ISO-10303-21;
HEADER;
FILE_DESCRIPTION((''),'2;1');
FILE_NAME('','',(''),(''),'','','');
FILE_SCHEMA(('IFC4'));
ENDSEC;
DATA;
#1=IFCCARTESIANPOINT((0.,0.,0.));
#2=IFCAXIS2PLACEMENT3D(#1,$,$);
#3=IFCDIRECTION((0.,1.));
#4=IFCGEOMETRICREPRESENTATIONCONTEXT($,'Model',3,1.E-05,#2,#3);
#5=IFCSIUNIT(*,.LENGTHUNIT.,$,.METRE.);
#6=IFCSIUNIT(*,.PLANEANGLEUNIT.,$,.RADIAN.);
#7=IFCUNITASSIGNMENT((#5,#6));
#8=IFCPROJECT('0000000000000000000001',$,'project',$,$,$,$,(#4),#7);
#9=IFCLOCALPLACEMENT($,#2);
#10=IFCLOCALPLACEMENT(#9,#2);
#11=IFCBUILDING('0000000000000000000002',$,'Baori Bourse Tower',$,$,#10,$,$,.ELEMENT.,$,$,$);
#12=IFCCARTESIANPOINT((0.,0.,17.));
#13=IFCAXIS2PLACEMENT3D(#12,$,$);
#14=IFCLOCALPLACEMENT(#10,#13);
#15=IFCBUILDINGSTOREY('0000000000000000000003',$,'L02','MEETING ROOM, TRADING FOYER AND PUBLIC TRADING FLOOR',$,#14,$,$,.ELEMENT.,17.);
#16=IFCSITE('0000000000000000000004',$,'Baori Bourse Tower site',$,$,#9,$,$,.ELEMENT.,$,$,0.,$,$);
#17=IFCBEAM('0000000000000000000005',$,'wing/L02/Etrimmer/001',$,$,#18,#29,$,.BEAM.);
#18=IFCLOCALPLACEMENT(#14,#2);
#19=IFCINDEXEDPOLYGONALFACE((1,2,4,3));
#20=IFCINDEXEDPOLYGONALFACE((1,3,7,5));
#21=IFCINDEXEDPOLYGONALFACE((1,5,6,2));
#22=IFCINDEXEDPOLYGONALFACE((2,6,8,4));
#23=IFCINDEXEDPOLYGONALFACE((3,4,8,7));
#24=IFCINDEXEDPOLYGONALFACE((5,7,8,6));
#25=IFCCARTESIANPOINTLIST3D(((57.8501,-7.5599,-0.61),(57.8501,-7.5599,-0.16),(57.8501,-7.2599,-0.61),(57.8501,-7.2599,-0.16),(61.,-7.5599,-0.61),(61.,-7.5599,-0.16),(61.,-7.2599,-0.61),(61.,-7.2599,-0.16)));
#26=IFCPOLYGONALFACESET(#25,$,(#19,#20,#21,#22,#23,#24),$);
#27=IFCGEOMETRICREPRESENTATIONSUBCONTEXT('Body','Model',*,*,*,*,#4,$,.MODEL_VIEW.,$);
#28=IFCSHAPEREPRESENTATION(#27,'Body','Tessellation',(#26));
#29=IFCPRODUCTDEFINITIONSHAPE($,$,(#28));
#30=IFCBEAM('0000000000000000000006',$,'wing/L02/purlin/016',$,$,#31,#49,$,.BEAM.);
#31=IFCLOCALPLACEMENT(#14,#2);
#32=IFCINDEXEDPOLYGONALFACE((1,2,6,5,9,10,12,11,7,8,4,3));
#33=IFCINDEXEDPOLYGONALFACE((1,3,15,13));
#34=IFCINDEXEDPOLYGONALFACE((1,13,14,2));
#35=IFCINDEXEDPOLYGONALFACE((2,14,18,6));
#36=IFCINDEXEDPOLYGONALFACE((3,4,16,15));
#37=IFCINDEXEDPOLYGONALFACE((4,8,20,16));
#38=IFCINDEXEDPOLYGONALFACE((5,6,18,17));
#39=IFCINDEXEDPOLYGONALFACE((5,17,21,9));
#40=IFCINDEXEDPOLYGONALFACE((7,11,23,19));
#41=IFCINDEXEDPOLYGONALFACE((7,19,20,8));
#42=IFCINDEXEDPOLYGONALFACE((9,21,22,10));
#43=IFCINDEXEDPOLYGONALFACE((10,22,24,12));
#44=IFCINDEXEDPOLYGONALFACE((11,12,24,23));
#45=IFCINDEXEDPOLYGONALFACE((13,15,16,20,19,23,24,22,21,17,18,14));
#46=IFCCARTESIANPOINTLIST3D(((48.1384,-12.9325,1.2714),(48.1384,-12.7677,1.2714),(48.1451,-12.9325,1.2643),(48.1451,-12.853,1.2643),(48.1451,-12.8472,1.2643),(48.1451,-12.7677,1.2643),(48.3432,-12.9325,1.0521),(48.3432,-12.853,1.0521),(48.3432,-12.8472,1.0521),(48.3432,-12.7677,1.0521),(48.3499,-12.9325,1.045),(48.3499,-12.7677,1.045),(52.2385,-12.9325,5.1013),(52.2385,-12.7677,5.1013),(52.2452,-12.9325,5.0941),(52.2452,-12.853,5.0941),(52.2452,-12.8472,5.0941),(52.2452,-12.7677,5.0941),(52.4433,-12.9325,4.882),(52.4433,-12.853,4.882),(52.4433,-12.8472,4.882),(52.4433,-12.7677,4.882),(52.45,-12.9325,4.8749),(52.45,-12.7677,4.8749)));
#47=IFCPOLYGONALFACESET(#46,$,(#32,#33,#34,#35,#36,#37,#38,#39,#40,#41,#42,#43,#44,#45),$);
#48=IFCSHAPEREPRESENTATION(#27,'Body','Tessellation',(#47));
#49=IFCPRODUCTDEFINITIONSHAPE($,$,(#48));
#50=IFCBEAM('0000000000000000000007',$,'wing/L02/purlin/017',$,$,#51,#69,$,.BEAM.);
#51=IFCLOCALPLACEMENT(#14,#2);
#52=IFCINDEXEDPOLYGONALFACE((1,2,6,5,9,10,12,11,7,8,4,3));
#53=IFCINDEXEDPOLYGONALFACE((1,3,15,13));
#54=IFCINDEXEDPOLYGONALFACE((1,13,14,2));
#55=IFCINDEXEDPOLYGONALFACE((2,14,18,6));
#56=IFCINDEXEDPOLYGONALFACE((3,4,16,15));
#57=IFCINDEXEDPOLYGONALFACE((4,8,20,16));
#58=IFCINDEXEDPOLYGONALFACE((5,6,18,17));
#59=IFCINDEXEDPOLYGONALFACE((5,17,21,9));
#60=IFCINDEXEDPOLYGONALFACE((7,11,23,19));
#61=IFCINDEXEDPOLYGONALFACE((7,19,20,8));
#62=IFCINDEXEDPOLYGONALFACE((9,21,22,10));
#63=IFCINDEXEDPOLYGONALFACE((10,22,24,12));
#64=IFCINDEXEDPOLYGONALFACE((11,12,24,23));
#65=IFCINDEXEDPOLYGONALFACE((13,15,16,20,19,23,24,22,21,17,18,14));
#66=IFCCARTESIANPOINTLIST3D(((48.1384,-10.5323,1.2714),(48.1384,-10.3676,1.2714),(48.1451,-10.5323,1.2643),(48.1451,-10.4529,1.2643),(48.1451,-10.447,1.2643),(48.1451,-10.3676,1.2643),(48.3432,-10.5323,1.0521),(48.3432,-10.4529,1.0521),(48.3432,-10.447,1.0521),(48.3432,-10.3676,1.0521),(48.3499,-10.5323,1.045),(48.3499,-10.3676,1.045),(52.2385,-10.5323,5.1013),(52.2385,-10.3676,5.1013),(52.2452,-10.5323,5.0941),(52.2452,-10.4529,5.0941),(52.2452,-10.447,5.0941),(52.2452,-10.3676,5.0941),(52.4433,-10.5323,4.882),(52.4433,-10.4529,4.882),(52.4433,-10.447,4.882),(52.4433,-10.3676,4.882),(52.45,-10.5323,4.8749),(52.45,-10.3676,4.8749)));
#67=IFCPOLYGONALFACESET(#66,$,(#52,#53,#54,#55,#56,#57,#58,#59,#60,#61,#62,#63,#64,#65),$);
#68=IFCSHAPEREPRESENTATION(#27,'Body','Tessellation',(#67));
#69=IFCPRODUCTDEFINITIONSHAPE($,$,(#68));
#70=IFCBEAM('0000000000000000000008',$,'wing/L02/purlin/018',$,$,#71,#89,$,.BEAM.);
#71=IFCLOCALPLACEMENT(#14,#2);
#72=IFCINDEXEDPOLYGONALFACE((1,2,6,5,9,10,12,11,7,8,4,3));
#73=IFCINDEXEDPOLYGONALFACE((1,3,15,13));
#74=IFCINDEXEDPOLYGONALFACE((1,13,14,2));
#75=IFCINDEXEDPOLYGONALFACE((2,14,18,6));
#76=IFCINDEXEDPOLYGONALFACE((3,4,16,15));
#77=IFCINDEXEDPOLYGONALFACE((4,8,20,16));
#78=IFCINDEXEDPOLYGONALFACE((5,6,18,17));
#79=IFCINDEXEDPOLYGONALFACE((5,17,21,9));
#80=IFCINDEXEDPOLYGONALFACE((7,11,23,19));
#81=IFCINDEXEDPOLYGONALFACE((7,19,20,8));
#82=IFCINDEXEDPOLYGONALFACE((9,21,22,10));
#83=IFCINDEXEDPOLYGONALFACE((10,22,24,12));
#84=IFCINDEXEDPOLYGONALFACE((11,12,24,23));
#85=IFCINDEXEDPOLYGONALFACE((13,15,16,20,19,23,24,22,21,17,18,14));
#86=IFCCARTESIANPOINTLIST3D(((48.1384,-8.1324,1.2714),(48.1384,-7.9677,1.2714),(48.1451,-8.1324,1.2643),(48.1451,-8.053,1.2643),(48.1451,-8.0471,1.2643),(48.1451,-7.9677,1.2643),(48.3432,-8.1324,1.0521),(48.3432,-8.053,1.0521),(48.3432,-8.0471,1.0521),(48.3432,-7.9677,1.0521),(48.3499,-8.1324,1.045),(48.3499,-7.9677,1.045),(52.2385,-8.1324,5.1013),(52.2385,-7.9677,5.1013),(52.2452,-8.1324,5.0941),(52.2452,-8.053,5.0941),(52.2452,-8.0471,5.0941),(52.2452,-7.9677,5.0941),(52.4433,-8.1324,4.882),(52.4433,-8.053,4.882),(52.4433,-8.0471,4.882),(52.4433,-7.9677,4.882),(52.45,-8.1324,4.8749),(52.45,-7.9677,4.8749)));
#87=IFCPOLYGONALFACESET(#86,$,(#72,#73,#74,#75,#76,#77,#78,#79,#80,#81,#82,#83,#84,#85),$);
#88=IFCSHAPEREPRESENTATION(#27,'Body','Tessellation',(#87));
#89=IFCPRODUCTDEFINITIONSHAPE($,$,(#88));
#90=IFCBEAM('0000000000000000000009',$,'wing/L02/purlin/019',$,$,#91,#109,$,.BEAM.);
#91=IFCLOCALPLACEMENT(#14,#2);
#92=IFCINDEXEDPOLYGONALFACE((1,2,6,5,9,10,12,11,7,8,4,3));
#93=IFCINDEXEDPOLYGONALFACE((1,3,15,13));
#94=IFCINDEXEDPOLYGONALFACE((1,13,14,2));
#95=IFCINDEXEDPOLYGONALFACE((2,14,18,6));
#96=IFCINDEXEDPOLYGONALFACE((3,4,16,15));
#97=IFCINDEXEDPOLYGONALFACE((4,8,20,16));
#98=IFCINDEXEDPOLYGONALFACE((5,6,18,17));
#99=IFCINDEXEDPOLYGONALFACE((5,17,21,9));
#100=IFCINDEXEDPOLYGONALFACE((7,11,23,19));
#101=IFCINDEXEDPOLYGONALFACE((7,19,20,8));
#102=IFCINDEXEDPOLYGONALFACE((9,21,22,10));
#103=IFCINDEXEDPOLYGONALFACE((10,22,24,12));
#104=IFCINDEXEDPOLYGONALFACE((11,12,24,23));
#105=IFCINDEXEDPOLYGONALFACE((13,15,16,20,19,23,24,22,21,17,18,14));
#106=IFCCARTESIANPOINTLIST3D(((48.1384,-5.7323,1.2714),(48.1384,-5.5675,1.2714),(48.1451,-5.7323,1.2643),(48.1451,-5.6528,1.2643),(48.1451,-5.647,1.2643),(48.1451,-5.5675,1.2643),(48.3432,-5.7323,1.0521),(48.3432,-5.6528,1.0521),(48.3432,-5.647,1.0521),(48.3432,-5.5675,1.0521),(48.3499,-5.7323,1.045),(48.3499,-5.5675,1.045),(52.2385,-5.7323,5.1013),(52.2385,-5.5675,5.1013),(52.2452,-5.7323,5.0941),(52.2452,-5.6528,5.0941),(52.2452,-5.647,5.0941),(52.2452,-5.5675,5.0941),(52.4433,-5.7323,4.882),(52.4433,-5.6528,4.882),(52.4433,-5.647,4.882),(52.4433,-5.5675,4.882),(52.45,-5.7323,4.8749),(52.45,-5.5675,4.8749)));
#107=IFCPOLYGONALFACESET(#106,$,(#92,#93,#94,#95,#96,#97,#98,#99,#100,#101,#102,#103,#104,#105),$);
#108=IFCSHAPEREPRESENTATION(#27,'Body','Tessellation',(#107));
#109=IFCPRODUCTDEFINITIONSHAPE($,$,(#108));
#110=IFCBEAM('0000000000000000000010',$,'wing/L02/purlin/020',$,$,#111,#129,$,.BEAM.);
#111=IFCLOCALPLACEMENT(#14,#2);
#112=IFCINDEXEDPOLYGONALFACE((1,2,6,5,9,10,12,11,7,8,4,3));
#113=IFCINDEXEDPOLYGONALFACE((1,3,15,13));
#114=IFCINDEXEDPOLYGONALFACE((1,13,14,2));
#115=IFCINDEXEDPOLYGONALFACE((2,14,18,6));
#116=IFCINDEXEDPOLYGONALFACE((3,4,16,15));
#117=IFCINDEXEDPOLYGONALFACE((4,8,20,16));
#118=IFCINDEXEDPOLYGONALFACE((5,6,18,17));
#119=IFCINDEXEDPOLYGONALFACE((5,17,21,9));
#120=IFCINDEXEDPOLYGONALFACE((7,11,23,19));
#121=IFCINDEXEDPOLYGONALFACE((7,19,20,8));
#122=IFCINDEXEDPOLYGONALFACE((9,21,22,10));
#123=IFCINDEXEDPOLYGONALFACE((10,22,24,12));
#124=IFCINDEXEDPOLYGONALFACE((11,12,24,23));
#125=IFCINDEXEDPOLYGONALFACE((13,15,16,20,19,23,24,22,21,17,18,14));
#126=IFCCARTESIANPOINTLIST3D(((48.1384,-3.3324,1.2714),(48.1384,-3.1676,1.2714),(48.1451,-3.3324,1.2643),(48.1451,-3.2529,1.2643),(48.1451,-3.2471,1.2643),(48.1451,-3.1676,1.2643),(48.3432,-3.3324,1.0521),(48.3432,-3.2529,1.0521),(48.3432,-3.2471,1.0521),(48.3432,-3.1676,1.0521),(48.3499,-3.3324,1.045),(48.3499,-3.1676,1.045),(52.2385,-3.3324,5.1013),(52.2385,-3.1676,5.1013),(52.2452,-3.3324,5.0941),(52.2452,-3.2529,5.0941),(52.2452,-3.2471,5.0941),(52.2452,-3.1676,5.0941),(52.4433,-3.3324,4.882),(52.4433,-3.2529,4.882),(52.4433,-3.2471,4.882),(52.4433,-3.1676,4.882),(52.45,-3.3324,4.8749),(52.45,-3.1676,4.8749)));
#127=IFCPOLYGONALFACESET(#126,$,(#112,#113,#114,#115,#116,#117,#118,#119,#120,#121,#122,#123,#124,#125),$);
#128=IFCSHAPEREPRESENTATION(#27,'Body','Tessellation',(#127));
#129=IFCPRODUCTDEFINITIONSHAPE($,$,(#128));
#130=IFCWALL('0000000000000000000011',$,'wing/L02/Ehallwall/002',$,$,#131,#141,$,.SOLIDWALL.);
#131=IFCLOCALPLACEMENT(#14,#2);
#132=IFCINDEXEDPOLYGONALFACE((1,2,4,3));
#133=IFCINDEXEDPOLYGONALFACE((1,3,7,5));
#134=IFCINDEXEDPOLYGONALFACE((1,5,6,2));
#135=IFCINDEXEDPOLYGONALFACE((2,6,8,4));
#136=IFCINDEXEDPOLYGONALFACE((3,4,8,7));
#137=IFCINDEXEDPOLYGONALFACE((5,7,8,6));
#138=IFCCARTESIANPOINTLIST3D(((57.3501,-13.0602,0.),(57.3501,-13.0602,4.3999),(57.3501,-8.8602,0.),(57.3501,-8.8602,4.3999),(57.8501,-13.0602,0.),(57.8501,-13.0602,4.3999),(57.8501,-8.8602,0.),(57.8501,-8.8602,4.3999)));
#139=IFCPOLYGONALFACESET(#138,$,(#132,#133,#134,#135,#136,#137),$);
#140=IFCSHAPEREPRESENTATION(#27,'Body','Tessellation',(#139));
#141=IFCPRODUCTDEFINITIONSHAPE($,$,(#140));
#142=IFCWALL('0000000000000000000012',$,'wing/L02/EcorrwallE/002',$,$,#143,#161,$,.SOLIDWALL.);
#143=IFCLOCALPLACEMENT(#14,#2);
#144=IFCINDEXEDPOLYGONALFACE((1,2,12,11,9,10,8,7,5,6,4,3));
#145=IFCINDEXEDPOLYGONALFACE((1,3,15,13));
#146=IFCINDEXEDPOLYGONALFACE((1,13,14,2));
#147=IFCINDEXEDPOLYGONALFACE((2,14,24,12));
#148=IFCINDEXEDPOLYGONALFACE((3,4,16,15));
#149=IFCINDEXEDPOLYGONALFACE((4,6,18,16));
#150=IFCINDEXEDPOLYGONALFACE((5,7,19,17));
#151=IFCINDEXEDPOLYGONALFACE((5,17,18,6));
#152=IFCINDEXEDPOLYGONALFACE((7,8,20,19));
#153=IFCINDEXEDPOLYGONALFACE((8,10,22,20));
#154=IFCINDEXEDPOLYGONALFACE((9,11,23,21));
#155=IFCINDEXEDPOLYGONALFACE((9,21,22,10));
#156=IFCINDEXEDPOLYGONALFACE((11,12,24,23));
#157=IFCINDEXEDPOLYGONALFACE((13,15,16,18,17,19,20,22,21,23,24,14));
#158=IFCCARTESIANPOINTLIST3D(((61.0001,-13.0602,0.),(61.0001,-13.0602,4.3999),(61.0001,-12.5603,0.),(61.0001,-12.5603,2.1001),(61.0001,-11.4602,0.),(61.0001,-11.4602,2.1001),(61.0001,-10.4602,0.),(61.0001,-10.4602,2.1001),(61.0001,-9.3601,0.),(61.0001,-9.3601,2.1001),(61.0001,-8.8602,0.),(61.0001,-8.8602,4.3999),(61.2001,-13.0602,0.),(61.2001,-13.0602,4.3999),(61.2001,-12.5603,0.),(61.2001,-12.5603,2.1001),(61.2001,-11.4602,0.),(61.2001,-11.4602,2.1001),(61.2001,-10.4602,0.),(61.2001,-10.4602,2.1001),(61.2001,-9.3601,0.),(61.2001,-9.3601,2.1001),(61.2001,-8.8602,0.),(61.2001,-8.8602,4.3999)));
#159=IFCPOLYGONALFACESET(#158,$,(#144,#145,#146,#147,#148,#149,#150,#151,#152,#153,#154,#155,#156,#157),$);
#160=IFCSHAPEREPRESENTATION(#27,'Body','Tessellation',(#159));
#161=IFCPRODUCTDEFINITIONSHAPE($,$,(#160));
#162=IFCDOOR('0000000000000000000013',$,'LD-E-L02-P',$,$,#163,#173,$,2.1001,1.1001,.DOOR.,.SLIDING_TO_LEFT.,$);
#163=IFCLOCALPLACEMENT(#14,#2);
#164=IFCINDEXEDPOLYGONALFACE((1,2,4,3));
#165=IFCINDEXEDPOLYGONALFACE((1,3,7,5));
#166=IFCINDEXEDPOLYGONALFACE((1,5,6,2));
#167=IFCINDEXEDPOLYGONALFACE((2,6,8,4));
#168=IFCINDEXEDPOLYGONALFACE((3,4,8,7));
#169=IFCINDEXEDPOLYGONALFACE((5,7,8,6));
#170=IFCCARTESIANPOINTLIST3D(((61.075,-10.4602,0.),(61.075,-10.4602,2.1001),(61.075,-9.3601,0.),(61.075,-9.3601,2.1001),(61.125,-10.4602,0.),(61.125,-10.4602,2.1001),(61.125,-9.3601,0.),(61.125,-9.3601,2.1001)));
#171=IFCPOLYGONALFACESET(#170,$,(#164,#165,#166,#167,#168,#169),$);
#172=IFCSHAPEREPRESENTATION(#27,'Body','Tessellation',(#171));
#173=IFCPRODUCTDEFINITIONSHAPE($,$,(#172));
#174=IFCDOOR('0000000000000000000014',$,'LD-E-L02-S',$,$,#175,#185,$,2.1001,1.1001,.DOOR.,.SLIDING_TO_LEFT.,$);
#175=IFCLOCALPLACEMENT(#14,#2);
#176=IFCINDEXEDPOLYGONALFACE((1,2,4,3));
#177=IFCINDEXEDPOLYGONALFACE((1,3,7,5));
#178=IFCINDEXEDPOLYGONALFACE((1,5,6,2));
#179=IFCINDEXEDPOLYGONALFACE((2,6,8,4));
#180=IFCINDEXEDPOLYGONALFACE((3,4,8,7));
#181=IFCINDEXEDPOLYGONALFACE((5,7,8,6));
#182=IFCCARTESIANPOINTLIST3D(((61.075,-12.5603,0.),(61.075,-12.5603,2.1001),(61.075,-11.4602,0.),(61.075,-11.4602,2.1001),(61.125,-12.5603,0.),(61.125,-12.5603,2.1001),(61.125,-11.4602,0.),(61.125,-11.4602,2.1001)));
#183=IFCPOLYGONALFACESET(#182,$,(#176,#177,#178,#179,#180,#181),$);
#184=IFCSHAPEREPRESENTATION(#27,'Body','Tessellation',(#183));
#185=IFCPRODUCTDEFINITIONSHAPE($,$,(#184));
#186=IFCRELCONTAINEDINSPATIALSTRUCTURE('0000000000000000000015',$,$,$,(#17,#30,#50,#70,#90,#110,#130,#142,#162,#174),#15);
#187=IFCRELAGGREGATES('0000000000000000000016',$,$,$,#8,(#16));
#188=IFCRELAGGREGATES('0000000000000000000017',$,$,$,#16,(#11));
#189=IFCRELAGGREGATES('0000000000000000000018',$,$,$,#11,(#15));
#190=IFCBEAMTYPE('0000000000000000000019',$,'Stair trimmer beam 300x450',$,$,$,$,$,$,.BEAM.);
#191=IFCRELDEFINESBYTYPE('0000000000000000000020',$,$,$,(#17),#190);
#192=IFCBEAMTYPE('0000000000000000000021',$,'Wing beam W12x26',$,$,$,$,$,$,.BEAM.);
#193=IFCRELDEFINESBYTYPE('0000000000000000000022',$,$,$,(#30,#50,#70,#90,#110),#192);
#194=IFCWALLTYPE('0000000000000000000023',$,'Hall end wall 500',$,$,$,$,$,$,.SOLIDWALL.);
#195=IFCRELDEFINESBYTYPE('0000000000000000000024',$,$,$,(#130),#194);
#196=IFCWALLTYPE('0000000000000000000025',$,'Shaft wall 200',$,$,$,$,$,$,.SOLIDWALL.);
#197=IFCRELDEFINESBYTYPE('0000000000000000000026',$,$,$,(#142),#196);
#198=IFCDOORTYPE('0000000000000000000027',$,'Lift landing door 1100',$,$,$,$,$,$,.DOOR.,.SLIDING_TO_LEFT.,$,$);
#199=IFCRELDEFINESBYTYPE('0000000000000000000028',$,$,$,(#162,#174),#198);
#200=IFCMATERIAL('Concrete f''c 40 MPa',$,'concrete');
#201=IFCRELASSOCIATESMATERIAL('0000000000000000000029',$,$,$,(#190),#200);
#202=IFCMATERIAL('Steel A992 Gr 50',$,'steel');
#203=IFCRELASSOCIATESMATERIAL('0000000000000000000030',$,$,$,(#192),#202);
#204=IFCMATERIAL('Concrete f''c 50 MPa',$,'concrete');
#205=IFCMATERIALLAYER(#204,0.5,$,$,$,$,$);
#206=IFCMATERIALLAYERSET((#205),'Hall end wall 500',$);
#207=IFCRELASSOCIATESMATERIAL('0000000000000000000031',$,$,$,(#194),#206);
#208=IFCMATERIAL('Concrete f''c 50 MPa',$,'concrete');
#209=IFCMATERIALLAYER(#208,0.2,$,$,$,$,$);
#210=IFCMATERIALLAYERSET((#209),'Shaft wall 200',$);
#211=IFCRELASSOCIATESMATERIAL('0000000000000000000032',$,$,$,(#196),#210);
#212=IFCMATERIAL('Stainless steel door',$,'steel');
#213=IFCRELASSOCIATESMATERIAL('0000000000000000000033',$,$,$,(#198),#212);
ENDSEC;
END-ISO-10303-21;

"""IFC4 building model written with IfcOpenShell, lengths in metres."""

from ifc_helpers import new_model, si_unit, direction, frame, frame_2d, origin, origin_2d, place, context, subcontext, project, spatial, rectangle, i_section, extrude, material, layer, layer_set, material_profile, profile_set, type_object, element, fill, save


model = new_model("IFC4")

# Units and contexts
model_context = context("Model", 3, precision=1e-05, world=origin(), true_north=direction((0.0, 1.0)))
body_context = subcontext(model_context, "Body", "Model", "MODEL_VIEW")
ifc_project = project(units=[si_unit("LENGTHUNIT", "METRE"), si_unit("PLANEANGLEUNIT", "RADIAN")], contexts=[model_context])

# Site, building, storey
site_placement = place(None, origin())
site = spatial("IfcSite", under=ifc_project, at=site_placement, Name="Baori Bourse Tower site", CompositionType="ELEMENT", RefElevation=0.0)
building_placement = place(site_placement, origin())
building = spatial("IfcBuilding", under=site, at=building_placement, Name="Baori Bourse Tower", CompositionType="ELEMENT")
storey_placement = place(building_placement, frame((0.0, 0.0, 17.0)))
storey = spatial("IfcBuildingStorey", under=building, at=storey_placement, Name="L02", Description="MEETING ROOM, TRADING FOYER AND PUBLIC TRADING FLOOR", CompositionType="ELEMENT", Elevation=17.0)

# Beams
ifc_material_1 = material(Name="Concrete f'c 40 MPa", Category="concrete")
ifc_material_profile_1 = material_profile(ifc_material_1, rectangle(XDim=0.3, YDim=0.45, at=origin_2d()), Name="Stair trimmer beam 300x450")
ifc_profile_set_1 = profile_set([ifc_material_profile_1], Name="Concrete f'c 40 MPa")
beam_type_1 = type_object("IfcBeamType", Name="Stair trimmer beam 300x450", PredefinedType="BEAM", material=ifc_profile_set_1)
beam_placement = place(storey_placement, frame((61.0, -7.4099, -0.385), z_axis=(-1.0, 0.0, 0.0), x_axis=(0.0, -1.0, 0.0)))
element("IfcBeam", 1, at=beam_placement, inside=storey, type_object=beam_type_1, Name="wing/L02/Etrimmer/001", PredefinedType="BEAM", context=body_context, shape_type="SweptSolid", body=[
    extrude(rectangle(XDim=0.3, YDim=0.45, at=origin_2d()), origin(), (0.0, 0.0, 1.0), 3.1499),
])
ifc_material_2 = material(Name="Steel A992 Gr 50", Category="steel")
ifc_material_profile_2 = material_profile(ifc_material_2, i_section(OverallWidth=0.1648, OverallDepth=0.3098, WebThickness=0.0059, FlangeThickness=0.0098, at=origin_2d()), Name="W12x26")
ifc_profile_set_2 = profile_set([ifc_material_profile_2], Name="Steel A992 Gr 50")
beam_type_2 = type_object("IfcBeamType", Name="Wing beam W12x26", PredefinedType="BEAM", material=ifc_profile_set_2)
for number, where, z_axis, x_axis, name in (
    (2, (48.2441, -12.8501, 1.1582), (0.730782, 0.0, 0.682611), (0.0, 1.0, 0.0), "wing/L02/purlin/016"),
    (3, (48.2441, -10.45, 1.1582), (0.730782, 0.0, 0.682611), (0.0, 1.0, 0.0), "wing/L02/purlin/017"),
    (4, (48.2441, -8.05, 1.1582), (0.730782, 0.0, 0.682611), (0.0, 1.0, 0.0), "wing/L02/purlin/018"),
    (5, (48.2441, -5.6499, 1.1582), (0.730782, 0.0, 0.682611), (0.0, 1.0, 0.0), "wing/L02/purlin/019"),
    (6, (48.2441, -3.25, 1.1582), (0.730782, 0.0, 0.682611), (0.0, 1.0, 0.0), "wing/L02/purlin/020"),
):
    element("IfcBeam", number, at=place(storey_placement, frame(where, z_axis=z_axis, x_axis=x_axis)), inside=storey, type_object=beam_type_2, Name=name, PredefinedType="BEAM", context=body_context, shape_type="SweptSolid", body=[
        extrude(i_section(OverallWidth=0.1648, OverallDepth=0.3098, WebThickness=0.0059, FlangeThickness=0.0098, at=origin_2d()), origin(), (0.0, 0.0, 1.0), 5.6106),
    ])

# Wall
ifc_material_3 = material(Name="Concrete f'c 50 MPa", Category="concrete")
ifc_layer_1 = layer(ifc_material_3, 0.5)
ifc_layer_set_1 = layer_set([ifc_layer_1], Name="Hall end wall 500")
wall_type_1 = type_object("IfcWallType", Name="Hall end wall 500", PredefinedType="SOLIDWALL", material=ifc_layer_set_1)
wall_1_placement = place(storey_placement, frame((57.6001, -8.8601, 0.0), z_axis=(0.0, 0.0, 1.0), x_axis=(0.0, -1.0, 0.0)))
element("IfcWall", 7, at=wall_1_placement, inside=storey, type_object=wall_type_1, Name="wing/L02/Ehallwall/002", PredefinedType="SOLIDWALL", context=body_context, shape_type="SweptSolid", body=[
    extrude(rectangle(XDim=4.2, YDim=0.5, at=frame_2d((2.1001, 0.0))), origin(), (0.0, 0.0, 1.0), 4.3999),
])

# Wall, openings, doors
ifc_material_4 = material(Name="Concrete f'c 50 MPa", Category="concrete")
ifc_layer_2 = layer(ifc_material_4, 0.2)
ifc_layer_set_2 = layer_set([ifc_layer_2], Name="Shaft wall 200")
wall_type_2 = type_object("IfcWallType", Name="Shaft wall 200", PredefinedType="SOLIDWALL", material=ifc_layer_set_2)
wall_2_placement = place(storey_placement, frame((61.1001, -8.8601, 0.0), z_axis=(0.0, 0.0, 1.0), x_axis=(0.0, -1.0, 0.0)))
wall_2 = element("IfcWall", 8, at=wall_2_placement, inside=storey, type_object=wall_type_2, Name="wing/L02/EcorrwallE/002", PredefinedType="SOLIDWALL", context=body_context, shape_type="SweptSolid", body=[
    extrude(rectangle(XDim=4.2, YDim=0.2, at=frame_2d((2.1001, 0.0))), origin(), (0.0, 0.0, 1.0), 4.3999),
])
opening_1_placement = place(wall_2_placement, frame((0.5, 0.0, 0.0)))
opening_1 = element("IfcOpeningElement", 9, at=opening_1_placement, cuts=wall_2, PredefinedType="OPENING", context=body_context, shape_type="SweptSolid", body=[
    extrude(rectangle(XDim=1.1001, YDim=2.1001, at=frame_2d((0.55, 1.05))), frame((0.0, 0.1099, 0.0), z_axis=(0.0, -1.0, 0.0), x_axis=(1.0, 0.0, 0.0)), (0.0, 0.0, 1.0), 0.22),
])
opening_2_placement = place(wall_2_placement, frame((2.6001, 0.0, 0.0)))
opening_2 = element("IfcOpeningElement", 10, at=opening_2_placement, cuts=wall_2, PredefinedType="OPENING", context=body_context, shape_type="SweptSolid", body=[
    extrude(rectangle(XDim=1.1001, YDim=2.1001, at=frame_2d((0.55, 1.05))), frame((0.0, 0.1099, 0.0), z_axis=(0.0, -1.0, 0.0), x_axis=(1.0, 0.0, 0.0)), (0.0, 0.0, 1.0), 0.22),
])
ifc_material_5 = material(Name="Stainless steel door", Category="steel")
door_type_1 = type_object("IfcDoorType", Name="Lift landing door 1100", OperationType="SLIDING_TO_LEFT", PredefinedType="DOOR", material=ifc_material_5)
door_1_placement = place(opening_1_placement, origin())
door_1 = element("IfcDoor", 11, at=door_1_placement, inside=storey, type_object=door_type_1, Name="LD-E-L02-P", OperationType="SLIDING_TO_LEFT", OverallHeight=2.1001, OverallWidth=1.1001, PredefinedType="DOOR", context=body_context, shape_type="SweptSolid", body=[
    extrude(rectangle(XDim=1.1001, YDim=2.1001, at=frame_2d((0.55, 1.05))), frame((0.0, 0.0249, 0.0), z_axis=(0.0, -1.0, 0.0), x_axis=(1.0, 0.0, 0.0)), (0.0, 0.0, 1.0), 0.05),
])
fill(opening_1, door_1)
door_2_placement = place(opening_2_placement, origin())
door_2 = element("IfcDoor", 12, at=door_2_placement, inside=storey, type_object=door_type_1, Name="LD-E-L02-S", OperationType="SLIDING_TO_LEFT", OverallHeight=2.1001, OverallWidth=1.1001, PredefinedType="DOOR", context=body_context, shape_type="SweptSolid", body=[
    extrude(rectangle(XDim=1.1001, YDim=2.1001, at=frame_2d((0.55, 1.05))), frame((0.0, 0.0249, 0.0), z_axis=(0.0, -1.0, 0.0), x_axis=(1.0, 0.0, 0.0)), (0.0, 0.0, 1.0), 0.05),
])
fill(opening_2, door_2)

save(model, "model.ifc")
